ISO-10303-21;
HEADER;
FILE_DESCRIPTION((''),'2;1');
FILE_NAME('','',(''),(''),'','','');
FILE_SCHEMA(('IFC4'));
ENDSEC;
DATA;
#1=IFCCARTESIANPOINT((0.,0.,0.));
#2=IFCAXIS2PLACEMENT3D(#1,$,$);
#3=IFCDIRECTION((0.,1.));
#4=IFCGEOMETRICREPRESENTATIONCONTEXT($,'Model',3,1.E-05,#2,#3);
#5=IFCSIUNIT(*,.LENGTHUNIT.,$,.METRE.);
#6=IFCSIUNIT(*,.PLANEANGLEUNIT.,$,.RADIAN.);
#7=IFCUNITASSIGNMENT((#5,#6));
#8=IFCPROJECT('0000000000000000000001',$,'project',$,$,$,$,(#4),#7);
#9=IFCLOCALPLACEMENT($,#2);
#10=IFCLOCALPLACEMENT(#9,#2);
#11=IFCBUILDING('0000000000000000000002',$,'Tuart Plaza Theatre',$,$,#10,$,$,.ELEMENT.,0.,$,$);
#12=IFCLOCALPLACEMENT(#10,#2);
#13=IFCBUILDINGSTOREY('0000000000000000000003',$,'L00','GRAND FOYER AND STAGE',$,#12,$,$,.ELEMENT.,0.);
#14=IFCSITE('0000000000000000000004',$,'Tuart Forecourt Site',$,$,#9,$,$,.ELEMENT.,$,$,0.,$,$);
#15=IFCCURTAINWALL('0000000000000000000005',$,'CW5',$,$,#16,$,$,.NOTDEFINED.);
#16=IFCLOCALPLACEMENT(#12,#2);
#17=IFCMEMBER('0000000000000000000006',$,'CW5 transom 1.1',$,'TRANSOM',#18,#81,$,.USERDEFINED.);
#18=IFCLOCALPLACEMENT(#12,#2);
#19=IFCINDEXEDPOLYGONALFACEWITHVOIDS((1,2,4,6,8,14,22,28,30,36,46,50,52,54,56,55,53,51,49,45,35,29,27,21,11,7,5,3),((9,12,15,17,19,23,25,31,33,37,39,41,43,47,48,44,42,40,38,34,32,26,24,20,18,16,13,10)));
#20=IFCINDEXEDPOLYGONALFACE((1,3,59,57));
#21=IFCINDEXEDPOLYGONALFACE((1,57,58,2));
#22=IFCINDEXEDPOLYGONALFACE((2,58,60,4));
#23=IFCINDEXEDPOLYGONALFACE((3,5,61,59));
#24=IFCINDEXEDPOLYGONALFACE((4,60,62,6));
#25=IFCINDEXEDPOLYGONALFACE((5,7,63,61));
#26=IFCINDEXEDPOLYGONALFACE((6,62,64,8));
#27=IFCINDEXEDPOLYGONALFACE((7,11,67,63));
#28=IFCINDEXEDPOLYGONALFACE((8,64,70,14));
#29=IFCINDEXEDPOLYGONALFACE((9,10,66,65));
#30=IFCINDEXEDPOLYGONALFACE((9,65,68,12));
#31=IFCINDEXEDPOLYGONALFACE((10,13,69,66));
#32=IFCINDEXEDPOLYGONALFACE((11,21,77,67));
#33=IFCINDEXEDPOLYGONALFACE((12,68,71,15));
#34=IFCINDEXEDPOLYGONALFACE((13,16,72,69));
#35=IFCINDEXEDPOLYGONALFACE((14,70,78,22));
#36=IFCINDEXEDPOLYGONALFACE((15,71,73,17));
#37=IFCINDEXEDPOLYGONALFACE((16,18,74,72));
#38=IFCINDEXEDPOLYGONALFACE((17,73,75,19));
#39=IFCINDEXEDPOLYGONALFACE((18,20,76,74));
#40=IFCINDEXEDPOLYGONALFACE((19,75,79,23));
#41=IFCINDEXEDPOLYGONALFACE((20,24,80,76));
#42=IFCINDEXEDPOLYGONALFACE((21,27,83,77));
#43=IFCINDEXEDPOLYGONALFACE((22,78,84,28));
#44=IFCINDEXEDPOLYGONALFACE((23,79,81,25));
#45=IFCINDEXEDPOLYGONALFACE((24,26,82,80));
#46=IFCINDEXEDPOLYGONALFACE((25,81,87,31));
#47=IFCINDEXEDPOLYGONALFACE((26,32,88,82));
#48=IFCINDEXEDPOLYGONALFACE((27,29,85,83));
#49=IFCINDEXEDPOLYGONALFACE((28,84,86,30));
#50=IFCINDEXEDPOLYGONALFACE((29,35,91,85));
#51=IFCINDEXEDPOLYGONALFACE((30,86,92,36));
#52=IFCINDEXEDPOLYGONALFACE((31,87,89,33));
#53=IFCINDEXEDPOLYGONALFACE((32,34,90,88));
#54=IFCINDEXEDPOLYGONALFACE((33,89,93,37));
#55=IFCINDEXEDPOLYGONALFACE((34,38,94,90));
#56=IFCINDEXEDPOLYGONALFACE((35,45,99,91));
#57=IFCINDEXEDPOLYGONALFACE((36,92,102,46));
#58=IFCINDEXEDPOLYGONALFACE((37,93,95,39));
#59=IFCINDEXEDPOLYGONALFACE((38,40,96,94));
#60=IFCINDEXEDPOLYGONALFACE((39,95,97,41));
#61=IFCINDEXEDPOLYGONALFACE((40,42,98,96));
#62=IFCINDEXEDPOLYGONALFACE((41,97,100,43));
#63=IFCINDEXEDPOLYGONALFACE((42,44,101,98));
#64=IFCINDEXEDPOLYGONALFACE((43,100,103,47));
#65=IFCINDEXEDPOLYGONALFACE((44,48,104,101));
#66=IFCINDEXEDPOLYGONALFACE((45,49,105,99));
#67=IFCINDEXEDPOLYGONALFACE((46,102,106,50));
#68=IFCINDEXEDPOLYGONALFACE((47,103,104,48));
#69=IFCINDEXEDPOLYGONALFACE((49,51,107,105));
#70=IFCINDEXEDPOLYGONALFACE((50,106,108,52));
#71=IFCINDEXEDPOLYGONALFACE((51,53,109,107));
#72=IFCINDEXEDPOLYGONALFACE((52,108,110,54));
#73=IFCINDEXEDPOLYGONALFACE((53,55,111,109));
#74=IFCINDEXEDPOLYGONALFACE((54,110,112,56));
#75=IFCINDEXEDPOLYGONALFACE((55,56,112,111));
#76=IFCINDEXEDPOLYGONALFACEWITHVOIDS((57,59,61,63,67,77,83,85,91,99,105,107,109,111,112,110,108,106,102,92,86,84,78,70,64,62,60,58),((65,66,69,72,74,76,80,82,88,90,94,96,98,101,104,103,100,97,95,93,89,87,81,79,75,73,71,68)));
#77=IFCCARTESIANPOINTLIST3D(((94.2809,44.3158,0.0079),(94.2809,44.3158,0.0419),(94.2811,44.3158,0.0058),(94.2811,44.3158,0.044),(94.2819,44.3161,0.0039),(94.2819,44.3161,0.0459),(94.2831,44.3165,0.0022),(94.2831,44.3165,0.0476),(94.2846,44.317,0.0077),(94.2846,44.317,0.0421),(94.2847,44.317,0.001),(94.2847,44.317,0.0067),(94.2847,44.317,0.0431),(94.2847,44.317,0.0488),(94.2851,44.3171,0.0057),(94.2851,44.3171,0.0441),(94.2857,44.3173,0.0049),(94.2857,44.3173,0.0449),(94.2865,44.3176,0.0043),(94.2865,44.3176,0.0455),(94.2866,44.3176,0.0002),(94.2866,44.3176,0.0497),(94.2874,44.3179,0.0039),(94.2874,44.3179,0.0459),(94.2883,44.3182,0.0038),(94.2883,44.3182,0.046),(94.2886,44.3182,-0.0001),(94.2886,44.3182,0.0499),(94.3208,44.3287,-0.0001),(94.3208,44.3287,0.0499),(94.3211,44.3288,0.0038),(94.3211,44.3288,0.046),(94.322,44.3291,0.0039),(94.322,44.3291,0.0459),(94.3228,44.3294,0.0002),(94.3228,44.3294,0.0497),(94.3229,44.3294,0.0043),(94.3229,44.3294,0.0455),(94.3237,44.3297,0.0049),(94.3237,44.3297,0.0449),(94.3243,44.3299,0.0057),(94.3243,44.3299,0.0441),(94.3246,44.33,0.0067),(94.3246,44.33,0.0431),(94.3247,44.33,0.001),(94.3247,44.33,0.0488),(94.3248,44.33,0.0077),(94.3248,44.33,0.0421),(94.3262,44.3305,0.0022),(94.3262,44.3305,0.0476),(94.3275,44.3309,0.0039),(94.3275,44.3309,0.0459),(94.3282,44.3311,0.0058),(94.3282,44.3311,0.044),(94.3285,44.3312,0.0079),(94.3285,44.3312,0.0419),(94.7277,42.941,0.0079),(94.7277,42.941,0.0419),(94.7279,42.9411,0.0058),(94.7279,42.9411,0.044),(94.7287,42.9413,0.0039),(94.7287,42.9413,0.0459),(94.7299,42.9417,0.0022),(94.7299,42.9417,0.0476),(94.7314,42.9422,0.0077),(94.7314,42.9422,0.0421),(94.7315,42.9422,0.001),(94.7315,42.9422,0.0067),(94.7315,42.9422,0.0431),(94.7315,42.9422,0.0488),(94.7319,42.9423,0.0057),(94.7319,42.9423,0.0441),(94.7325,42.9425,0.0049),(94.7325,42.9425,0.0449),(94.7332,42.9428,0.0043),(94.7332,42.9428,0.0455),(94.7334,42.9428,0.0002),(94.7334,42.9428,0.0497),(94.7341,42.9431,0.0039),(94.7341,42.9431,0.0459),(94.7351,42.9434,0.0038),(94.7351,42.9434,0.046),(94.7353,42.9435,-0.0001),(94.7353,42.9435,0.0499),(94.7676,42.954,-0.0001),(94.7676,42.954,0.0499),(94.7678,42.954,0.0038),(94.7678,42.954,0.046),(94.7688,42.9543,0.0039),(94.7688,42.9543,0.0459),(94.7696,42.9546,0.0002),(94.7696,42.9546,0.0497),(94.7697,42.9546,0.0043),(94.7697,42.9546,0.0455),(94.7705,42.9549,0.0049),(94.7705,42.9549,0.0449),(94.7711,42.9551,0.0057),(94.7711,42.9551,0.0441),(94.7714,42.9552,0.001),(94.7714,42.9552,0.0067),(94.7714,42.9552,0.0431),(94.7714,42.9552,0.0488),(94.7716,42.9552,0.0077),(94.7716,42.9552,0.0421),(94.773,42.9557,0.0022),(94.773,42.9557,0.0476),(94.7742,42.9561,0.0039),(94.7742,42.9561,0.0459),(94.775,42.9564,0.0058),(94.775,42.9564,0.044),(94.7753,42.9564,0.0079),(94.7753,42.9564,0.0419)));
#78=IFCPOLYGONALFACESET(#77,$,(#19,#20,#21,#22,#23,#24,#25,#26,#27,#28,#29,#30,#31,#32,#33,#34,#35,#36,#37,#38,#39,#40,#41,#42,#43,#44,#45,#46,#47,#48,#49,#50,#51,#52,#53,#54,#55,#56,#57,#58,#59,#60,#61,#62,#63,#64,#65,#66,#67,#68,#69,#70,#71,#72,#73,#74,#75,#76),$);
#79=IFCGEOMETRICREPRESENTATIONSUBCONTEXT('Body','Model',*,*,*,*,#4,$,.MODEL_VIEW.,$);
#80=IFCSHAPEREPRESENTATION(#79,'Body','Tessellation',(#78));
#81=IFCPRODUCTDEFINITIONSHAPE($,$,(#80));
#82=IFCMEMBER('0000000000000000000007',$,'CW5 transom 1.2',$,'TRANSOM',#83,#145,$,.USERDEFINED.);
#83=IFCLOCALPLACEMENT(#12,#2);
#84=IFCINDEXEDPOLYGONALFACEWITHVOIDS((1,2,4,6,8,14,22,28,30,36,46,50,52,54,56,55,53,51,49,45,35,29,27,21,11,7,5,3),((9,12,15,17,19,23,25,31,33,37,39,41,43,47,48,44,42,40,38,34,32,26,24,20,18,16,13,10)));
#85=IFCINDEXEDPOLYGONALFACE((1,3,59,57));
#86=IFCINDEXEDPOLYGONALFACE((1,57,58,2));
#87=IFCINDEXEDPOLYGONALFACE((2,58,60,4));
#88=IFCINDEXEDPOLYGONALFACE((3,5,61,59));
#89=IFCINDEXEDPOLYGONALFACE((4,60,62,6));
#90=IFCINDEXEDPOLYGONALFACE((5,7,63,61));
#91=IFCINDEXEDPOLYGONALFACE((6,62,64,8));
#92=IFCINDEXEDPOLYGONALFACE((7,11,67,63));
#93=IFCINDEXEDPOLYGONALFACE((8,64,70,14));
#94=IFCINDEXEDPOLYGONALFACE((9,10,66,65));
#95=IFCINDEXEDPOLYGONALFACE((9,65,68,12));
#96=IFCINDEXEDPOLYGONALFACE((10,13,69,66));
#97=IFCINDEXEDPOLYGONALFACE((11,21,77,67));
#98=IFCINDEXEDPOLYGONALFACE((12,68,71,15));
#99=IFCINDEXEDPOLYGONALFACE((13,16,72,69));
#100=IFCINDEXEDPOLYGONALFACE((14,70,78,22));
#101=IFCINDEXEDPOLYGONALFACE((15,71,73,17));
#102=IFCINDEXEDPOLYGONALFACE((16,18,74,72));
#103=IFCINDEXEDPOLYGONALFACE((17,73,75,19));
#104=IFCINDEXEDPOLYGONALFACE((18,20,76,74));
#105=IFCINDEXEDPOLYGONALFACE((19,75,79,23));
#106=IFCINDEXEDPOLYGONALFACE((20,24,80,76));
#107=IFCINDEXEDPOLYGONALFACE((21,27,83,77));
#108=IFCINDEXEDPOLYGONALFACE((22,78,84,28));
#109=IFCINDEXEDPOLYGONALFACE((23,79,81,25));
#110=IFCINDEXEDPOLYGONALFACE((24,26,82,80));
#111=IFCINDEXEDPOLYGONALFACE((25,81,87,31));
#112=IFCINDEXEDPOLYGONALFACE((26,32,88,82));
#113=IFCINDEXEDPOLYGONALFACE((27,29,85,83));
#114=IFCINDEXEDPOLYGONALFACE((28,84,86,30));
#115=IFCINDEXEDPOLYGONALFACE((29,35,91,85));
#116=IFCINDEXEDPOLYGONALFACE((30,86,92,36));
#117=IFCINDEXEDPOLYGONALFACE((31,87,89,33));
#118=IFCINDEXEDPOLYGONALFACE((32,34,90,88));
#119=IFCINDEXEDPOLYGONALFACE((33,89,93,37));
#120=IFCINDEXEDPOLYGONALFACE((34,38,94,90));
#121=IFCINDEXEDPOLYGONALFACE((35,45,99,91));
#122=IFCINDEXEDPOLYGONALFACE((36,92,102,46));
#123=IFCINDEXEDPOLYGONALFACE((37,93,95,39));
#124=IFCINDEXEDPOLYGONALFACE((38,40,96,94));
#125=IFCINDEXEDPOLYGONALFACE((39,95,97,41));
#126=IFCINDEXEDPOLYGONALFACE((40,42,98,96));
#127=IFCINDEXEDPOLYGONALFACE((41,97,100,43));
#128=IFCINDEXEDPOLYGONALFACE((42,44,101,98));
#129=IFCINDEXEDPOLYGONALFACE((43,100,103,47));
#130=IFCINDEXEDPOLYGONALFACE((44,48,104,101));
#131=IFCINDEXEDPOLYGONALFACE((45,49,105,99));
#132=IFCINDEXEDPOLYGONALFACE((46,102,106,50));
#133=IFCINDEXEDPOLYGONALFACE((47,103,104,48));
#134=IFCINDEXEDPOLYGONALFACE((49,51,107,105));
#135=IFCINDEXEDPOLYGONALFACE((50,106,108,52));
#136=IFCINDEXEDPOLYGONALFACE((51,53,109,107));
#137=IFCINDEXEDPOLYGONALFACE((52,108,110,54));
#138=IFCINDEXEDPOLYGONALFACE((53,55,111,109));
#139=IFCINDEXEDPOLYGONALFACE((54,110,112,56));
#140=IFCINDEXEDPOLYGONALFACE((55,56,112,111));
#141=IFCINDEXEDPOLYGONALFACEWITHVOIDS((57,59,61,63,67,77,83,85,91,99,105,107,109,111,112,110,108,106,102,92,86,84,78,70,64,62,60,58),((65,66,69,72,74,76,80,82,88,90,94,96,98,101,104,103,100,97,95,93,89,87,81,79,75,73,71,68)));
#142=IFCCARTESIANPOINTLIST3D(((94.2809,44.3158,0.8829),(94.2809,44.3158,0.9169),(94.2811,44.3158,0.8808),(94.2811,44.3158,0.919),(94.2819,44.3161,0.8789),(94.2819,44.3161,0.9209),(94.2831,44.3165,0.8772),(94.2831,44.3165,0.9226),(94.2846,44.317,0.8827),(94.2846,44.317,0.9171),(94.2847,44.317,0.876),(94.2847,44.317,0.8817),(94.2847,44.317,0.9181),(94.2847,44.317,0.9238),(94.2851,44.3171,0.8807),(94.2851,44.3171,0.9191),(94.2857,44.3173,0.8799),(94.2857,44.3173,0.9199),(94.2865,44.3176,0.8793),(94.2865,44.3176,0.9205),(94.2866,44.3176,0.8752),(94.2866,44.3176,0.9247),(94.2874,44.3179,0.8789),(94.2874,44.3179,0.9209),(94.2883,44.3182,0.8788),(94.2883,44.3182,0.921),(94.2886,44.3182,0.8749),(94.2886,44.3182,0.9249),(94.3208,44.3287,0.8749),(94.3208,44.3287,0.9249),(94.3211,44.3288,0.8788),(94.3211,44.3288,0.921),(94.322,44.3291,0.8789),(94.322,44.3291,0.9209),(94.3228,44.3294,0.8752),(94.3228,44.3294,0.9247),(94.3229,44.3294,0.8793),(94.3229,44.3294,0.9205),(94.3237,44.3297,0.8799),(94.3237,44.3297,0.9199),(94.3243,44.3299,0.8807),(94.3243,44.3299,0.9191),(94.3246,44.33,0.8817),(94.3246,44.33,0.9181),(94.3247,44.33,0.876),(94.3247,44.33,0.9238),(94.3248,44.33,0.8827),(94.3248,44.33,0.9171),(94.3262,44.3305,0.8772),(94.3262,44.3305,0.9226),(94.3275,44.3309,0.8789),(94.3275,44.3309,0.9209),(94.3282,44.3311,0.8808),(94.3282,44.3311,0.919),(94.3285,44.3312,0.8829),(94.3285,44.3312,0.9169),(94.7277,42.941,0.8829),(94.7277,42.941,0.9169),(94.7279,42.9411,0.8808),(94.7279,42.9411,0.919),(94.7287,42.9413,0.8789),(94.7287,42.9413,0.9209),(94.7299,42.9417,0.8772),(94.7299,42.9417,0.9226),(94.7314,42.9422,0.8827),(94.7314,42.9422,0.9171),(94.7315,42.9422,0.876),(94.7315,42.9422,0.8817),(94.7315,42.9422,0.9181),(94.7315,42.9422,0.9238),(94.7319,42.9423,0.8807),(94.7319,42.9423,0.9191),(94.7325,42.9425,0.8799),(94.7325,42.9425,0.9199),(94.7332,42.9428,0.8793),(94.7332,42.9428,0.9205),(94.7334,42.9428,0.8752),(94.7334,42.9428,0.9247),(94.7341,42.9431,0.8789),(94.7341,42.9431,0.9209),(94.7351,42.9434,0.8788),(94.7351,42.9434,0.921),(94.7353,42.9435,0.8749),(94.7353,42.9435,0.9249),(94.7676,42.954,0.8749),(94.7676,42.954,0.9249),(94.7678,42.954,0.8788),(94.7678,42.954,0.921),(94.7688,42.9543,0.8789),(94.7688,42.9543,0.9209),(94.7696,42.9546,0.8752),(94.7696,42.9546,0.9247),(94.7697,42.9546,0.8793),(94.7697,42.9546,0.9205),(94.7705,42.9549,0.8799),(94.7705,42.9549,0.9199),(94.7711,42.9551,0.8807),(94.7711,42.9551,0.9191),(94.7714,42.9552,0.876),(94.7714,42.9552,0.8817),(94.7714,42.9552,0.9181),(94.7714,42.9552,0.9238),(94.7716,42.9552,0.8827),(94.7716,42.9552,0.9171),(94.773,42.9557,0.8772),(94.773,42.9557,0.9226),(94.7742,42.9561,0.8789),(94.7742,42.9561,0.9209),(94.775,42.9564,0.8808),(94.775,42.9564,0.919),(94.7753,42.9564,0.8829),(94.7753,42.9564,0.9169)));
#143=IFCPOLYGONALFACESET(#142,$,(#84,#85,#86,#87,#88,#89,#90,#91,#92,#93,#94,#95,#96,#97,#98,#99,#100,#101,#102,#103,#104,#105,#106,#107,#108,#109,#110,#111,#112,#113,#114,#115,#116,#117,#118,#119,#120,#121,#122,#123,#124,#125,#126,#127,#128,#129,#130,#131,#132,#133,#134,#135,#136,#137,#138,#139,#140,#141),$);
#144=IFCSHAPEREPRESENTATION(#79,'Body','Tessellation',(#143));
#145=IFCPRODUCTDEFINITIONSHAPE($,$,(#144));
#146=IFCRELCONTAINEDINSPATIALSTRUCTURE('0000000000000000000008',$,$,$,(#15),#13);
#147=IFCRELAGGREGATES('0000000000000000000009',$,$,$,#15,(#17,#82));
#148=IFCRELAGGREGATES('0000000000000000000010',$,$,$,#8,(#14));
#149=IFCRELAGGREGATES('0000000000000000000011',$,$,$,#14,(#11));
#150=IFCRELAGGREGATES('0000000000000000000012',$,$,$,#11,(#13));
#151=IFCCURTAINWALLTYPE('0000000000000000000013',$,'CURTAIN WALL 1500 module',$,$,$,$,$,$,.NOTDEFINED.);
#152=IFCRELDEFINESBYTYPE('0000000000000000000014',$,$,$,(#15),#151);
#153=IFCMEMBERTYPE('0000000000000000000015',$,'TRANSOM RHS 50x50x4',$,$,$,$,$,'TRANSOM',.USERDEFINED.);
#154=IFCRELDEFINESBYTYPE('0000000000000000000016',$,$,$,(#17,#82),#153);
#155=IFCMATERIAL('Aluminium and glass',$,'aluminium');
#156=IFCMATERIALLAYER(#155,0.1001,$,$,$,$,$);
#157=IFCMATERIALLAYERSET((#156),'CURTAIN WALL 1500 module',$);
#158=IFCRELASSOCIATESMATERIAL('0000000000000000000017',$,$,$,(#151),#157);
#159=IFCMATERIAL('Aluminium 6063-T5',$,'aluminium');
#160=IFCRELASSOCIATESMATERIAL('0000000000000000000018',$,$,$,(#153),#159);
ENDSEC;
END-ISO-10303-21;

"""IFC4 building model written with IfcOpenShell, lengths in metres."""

from ifc_helpers import new_model, si_unit, direction, frame, origin, origin_2d, place, context, subcontext, project, spatial, hollow_rectangle, extrude, material, layer, layer_set, material_profile, profile_set, type_object, element, aggregate, save


model = new_model("IFC4")

# Units and contexts
model_context = context("Model", 3, precision=1e-05, world=origin(), true_north=direction((0.0, 1.0)))
body_context = subcontext(model_context, "Body", "Model", "MODEL_VIEW")
ifc_project = project(units=[si_unit("LENGTHUNIT", "METRE"), si_unit("PLANEANGLEUNIT", "RADIAN")], contexts=[model_context])

# Site, building, storey
site_placement = place(None, origin())
site = spatial("IfcSite", under=ifc_project, at=site_placement, Name="Tuart Forecourt Site", CompositionType="ELEMENT", RefElevation=0.0)
building_placement = place(site_placement, origin())
building = spatial("IfcBuilding", under=site, at=building_placement, Name="Tuart Plaza Theatre", CompositionType="ELEMENT", ElevationOfRefHeight=0.0)
storey_placement = place(building_placement, origin())
storey = spatial("IfcBuildingStorey", under=building, at=storey_placement, Name="L00", Description="GRAND FOYER AND STAGE", CompositionType="ELEMENT", Elevation=0.0)

# Curtain wall, members
ifc_material_1 = material(Name="Aluminium and glass", Category="aluminium")
ifc_layer_1 = layer(ifc_material_1, 0.1001)
ifc_layer_set_1 = layer_set([ifc_layer_1], Name="CURTAIN WALL 1500 module")
curtain_wall_type = type_object("IfcCurtainWallType", Name="CURTAIN WALL 1500 module", PredefinedType="NOTDEFINED", material=ifc_layer_set_1)
ifc_material_2 = material(Name="Aluminium 6063-T5", Category="aluminium")
ifc_material_profile_1 = material_profile(ifc_material_2, hollow_rectangle(XDim=0.05, YDim=0.05, WallThickness=0.0039, InnerFilletRadius=0.0039, OuterFilletRadius=0.0081, at=origin_2d()), Name="RHS 50x50x4")
ifc_profile_set_1 = profile_set([ifc_material_profile_1], Name="Aluminium 6063-T5")
member_type_1 = type_object("IfcMemberType", Name="TRANSOM RHS 50x50x4", ElementType="TRANSOM", PredefinedType="USERDEFINED", material=ifc_profile_set_1)
curtain_wall_1_placement = place(storey_placement, origin())
curtain_wall_1 = element("IfcCurtainWall", 1, at=curtain_wall_1_placement, inside=storey, type_object=curtain_wall_type, Name="CW5", PredefinedType="NOTDEFINED")
member_1_placement = place(storey_placement, frame((94.3047, 44.3235, 0.0249), z_axis=(0.309075, -0.951038, 0.0), x_axis=(0.951038, 0.309075, 0.0)))
member_1 = element("IfcMember", 2, at=member_1_placement, type_object=member_type_1, Name="CW5 transom 1.1", ObjectType="TRANSOM", PredefinedType="USERDEFINED", context=body_context, shape_type="SweptSolid", body=[
    extrude(hollow_rectangle(XDim=0.05, YDim=0.05, WallThickness=0.0039, InnerFilletRadius=0.0039, OuterFilletRadius=0.0081, at=origin_2d()), origin(), (0.0, 0.0, 1.0), 1.4456),
])
member_2_placement = place(storey_placement, frame((94.3047, 44.3235, 0.8999), z_axis=(0.309075, -0.951038, 0.0), x_axis=(0.951038, 0.309075, 0.0)))
member_2 = element("IfcMember", 3, at=member_2_placement, type_object=member_type_1, Name="CW5 transom 1.2", ObjectType="TRANSOM", PredefinedType="USERDEFINED", context=body_context, shape_type="SweptSolid", body=[
    extrude(hollow_rectangle(XDim=0.05, YDim=0.05, WallThickness=0.0039, InnerFilletRadius=0.0039, OuterFilletRadius=0.0081, at=origin_2d()), origin(), (0.0, 0.0, 1.0), 1.4456),
])

aggregate(curtain_wall_1, [member_1, member_2])

save(model, "model.ifc")
